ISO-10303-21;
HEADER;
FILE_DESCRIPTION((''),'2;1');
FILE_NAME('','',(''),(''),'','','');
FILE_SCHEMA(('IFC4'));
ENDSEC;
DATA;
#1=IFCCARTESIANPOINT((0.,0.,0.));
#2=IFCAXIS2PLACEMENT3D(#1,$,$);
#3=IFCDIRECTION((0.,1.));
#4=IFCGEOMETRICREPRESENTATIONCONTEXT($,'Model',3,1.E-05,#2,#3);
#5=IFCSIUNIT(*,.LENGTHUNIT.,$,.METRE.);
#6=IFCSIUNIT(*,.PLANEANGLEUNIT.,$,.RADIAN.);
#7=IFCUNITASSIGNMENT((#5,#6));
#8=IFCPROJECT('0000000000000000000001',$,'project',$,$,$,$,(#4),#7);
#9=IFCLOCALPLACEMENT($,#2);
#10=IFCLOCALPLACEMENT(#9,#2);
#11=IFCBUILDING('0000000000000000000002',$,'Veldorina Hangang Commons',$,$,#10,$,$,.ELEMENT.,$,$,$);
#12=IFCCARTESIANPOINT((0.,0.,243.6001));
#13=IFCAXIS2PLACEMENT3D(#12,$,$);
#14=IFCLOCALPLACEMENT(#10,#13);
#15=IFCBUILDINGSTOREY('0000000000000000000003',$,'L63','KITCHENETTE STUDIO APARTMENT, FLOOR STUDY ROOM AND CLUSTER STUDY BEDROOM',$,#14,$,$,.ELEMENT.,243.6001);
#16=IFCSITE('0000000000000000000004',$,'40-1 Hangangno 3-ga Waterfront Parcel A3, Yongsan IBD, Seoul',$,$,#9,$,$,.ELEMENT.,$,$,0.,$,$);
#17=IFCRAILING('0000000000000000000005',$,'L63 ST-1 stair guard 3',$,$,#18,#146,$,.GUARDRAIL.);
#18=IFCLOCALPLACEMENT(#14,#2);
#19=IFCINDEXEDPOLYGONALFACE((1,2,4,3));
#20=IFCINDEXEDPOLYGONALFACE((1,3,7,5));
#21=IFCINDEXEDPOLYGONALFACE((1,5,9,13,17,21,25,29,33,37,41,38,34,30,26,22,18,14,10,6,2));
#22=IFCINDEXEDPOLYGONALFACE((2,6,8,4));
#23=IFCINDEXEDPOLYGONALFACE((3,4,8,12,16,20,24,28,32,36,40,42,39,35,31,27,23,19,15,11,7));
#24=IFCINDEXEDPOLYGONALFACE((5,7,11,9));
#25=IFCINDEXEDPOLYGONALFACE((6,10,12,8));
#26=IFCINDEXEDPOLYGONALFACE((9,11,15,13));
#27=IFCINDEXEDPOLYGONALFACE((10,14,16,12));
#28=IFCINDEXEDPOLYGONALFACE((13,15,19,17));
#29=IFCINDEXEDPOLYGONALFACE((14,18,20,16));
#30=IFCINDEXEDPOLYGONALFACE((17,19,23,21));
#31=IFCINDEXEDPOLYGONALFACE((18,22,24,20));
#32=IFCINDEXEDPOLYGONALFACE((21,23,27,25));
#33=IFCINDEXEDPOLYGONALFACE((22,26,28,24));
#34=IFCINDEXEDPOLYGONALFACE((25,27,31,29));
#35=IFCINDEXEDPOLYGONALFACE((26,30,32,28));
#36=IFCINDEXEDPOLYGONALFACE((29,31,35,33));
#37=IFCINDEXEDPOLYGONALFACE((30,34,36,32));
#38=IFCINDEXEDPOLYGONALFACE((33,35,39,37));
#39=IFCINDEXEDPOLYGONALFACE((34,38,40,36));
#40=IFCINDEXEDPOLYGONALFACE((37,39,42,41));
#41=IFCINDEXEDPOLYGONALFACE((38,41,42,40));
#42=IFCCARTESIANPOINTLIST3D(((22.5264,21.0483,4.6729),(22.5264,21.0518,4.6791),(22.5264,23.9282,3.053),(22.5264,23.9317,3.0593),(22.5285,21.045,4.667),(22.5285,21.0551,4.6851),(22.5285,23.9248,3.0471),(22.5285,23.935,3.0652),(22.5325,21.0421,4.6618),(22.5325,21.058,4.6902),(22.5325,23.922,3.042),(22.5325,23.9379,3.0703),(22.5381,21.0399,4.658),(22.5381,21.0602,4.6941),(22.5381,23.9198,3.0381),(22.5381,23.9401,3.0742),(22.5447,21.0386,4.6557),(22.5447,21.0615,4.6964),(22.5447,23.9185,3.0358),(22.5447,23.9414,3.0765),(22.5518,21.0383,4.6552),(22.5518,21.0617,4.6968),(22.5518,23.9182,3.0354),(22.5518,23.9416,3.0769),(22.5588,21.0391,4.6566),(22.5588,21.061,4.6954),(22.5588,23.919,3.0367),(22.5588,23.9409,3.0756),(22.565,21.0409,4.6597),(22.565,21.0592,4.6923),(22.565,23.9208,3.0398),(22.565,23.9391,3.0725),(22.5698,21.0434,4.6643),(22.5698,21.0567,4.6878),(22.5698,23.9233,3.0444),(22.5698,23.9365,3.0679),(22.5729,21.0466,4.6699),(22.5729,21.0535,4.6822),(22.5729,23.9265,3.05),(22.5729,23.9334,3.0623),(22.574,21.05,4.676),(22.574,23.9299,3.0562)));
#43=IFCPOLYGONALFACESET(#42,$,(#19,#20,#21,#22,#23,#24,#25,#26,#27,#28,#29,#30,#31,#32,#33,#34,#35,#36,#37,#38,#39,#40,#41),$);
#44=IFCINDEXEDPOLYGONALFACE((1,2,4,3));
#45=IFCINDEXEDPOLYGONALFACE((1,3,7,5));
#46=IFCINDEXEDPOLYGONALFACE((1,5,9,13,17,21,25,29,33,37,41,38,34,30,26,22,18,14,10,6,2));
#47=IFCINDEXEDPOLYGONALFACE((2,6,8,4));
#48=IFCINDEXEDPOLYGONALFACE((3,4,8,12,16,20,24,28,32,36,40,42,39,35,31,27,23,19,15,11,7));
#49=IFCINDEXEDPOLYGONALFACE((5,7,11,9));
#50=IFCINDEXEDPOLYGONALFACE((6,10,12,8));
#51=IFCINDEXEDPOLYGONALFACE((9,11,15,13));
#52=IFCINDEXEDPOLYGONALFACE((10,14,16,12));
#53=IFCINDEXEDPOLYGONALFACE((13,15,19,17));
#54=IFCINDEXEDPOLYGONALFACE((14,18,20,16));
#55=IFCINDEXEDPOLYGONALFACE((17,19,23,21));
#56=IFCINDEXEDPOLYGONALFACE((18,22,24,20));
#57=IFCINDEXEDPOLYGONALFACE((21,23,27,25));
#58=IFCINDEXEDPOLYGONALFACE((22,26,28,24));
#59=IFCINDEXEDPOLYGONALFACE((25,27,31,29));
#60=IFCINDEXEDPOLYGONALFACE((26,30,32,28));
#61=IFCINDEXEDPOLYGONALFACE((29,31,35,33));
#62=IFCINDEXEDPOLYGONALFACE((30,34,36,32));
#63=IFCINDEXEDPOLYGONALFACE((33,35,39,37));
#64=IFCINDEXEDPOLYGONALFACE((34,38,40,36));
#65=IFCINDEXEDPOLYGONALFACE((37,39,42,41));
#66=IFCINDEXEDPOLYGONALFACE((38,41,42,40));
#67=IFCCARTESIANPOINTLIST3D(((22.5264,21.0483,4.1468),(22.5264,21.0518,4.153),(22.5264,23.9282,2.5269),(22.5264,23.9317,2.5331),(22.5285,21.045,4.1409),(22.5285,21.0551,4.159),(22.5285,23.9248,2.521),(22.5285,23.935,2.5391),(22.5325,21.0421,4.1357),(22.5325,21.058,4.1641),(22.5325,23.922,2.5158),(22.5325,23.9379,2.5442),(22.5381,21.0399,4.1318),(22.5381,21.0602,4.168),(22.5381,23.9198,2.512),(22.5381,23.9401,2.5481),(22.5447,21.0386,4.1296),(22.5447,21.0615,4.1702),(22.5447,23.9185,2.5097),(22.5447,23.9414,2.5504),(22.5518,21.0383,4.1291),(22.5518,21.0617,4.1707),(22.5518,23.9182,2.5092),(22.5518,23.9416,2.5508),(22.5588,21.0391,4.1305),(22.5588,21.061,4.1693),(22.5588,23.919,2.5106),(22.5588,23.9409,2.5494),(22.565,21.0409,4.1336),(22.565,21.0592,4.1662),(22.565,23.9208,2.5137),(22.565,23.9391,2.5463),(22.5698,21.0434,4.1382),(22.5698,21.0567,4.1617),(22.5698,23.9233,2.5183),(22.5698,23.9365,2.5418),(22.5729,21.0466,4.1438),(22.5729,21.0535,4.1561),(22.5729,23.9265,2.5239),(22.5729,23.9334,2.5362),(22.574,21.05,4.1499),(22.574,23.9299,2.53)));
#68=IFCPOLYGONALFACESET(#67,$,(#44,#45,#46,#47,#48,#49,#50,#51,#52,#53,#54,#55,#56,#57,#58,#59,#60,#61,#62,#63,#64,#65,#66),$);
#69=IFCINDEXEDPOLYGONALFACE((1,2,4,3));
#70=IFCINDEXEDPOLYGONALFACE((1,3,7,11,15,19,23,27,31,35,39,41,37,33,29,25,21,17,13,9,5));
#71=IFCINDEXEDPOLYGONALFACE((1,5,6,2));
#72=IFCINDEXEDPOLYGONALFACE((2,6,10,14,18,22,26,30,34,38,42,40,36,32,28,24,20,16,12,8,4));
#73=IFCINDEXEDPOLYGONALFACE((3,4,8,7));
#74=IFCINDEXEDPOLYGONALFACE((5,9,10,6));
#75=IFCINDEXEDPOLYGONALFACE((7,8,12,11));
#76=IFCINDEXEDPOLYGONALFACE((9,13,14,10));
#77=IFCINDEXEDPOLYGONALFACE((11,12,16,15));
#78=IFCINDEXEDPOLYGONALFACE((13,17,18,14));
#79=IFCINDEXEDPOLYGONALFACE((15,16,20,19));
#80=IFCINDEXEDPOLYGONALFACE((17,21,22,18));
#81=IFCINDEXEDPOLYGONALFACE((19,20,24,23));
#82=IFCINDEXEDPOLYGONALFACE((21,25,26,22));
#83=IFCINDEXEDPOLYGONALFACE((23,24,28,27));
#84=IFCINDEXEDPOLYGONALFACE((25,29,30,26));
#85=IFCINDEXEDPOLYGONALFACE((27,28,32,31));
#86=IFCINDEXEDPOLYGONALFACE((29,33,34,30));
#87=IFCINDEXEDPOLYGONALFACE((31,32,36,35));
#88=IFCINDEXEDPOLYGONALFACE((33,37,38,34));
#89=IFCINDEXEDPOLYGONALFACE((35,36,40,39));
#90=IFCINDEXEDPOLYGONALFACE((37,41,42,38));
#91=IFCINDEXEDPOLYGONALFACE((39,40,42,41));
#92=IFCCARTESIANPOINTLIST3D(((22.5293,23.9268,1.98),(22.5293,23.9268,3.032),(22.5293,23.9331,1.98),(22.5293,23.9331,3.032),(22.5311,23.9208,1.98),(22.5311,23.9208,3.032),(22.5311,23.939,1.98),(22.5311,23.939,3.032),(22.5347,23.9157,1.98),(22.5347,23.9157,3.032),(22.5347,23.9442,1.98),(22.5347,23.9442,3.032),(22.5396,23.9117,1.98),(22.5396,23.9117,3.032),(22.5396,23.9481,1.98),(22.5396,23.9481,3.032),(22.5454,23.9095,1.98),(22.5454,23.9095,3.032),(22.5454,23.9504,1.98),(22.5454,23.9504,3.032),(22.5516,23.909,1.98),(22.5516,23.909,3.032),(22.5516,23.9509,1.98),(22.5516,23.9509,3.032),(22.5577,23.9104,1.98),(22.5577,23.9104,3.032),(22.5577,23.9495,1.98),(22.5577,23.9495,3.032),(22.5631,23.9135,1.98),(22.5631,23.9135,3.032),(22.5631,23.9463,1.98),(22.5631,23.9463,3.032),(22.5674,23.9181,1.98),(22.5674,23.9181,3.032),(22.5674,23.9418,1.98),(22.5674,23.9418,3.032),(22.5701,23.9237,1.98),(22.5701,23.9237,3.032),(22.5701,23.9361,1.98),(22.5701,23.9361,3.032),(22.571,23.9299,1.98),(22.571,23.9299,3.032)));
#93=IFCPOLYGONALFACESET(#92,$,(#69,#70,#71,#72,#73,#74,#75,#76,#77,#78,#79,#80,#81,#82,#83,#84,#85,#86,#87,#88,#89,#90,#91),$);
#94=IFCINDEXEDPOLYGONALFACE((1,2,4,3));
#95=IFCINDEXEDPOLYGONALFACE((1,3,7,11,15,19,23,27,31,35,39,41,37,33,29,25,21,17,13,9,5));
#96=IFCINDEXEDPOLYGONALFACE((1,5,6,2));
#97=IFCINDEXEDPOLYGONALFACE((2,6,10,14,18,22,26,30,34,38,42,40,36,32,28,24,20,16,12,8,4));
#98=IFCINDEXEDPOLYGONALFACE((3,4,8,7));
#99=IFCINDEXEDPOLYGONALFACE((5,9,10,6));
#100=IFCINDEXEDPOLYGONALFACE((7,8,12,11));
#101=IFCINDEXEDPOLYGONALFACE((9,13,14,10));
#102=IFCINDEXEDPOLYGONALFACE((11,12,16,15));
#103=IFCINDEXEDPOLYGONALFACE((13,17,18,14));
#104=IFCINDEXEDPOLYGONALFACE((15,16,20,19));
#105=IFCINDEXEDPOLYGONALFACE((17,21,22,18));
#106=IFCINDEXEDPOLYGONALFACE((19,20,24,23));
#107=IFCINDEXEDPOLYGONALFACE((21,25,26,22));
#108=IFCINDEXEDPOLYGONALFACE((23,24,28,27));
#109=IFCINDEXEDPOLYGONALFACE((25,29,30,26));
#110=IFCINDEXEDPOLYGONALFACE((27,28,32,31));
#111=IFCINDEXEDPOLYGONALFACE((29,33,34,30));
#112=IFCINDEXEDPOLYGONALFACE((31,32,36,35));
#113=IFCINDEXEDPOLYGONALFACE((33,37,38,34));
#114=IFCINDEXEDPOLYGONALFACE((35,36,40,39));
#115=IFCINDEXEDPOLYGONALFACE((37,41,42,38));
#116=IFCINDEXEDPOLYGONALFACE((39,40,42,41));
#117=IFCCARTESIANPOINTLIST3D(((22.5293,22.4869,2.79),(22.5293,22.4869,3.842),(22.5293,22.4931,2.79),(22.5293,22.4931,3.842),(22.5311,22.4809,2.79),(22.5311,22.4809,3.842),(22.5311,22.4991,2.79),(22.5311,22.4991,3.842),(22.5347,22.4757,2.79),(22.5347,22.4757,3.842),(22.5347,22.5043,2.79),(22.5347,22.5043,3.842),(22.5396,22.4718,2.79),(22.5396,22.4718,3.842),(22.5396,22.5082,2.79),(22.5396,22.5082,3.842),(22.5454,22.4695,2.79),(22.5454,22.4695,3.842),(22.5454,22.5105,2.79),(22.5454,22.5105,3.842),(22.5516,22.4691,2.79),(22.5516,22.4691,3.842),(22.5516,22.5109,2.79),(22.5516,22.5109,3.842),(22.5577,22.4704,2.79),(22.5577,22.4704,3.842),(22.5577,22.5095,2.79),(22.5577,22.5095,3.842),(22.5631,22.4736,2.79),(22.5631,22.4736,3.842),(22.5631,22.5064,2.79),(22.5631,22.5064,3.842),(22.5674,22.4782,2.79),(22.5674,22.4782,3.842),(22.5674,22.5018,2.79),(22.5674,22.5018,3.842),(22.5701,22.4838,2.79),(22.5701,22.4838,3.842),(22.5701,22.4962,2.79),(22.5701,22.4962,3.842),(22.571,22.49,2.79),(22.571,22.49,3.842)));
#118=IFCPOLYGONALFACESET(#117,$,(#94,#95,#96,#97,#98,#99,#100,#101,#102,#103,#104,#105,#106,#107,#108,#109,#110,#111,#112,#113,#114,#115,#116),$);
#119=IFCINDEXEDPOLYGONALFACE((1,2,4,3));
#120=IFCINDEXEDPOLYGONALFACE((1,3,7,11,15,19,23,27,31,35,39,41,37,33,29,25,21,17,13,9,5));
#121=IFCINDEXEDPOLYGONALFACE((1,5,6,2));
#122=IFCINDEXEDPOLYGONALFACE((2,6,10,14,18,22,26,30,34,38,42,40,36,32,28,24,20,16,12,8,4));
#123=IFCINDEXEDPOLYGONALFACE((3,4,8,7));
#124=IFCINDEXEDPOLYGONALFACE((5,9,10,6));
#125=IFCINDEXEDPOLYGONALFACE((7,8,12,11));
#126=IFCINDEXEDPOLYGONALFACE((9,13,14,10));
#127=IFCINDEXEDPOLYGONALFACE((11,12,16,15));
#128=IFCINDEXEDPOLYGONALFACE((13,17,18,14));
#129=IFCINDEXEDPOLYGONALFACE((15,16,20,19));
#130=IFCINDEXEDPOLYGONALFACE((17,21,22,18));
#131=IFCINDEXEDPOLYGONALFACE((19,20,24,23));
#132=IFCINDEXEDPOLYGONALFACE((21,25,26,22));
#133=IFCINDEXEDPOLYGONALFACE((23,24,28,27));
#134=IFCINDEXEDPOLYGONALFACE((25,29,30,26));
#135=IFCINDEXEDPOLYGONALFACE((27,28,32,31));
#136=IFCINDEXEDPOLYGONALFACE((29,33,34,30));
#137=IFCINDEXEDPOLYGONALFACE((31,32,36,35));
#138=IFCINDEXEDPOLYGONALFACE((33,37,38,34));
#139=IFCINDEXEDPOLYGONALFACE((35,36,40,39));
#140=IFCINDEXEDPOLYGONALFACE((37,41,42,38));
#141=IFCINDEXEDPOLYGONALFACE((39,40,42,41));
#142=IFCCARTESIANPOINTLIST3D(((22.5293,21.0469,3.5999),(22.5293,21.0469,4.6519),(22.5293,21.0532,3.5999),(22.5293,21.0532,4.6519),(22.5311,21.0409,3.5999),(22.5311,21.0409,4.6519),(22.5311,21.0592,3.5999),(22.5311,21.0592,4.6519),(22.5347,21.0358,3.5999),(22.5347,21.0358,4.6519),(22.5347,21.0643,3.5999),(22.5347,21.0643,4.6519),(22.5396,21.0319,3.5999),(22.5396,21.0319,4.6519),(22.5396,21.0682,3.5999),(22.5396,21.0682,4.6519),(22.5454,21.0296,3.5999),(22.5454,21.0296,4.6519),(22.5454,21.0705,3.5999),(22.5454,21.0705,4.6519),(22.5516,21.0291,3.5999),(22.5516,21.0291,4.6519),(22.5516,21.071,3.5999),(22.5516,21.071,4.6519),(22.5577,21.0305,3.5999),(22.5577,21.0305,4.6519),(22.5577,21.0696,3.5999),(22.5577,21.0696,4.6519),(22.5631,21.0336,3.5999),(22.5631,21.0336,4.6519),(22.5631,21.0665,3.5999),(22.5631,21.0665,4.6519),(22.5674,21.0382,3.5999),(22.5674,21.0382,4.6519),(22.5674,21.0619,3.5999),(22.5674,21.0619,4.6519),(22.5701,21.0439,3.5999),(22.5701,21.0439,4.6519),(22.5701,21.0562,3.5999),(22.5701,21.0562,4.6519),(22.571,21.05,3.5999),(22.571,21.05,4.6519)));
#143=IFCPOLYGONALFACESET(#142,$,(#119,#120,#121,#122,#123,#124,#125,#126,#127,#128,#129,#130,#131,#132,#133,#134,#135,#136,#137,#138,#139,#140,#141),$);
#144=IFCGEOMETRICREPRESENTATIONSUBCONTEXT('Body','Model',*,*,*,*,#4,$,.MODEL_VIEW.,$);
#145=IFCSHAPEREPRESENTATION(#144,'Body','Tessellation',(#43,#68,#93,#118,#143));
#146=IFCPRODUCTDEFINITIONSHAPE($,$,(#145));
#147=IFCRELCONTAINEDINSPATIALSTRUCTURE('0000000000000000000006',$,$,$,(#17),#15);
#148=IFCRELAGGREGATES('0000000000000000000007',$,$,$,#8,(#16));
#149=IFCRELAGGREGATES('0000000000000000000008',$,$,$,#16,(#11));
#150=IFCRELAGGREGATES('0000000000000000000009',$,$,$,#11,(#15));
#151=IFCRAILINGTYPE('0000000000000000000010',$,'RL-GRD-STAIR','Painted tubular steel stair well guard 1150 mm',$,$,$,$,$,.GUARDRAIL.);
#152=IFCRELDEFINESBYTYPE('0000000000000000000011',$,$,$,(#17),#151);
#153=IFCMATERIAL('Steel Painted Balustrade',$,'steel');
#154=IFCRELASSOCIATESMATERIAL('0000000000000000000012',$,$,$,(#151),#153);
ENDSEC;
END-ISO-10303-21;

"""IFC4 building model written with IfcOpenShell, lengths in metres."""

from ifc_helpers import new_model, si_unit, direction, frame, origin, origin_2d, place, context, subcontext, project, spatial, circle, extrude, material, type_object, element, save


model = new_model("IFC4")

# Units and contexts
model_context = context("Model", 3, precision=1e-05, world=origin(), true_north=direction((0.0, 1.0)))
body_context = subcontext(model_context, "Body", "Model", "MODEL_VIEW")
ifc_project = project(units=[si_unit("LENGTHUNIT", "METRE"), si_unit("PLANEANGLEUNIT", "RADIAN")], contexts=[model_context])

# Site, building, storey
site_placement = place(None, origin())
site = spatial("IfcSite", under=ifc_project, at=site_placement, Name="40-1 Hangangno 3-ga Waterfront Parcel A3, Yongsan IBD, Seoul", CompositionType="ELEMENT", RefElevation=0.0)
building_placement = place(site_placement, origin())
building = spatial("IfcBuilding", under=site, at=building_placement, Name="Veldorina Hangang Commons", CompositionType="ELEMENT")
storey_placement = place(building_placement, frame((0.0, 0.0, 243.6001)))
storey = spatial("IfcBuildingStorey", under=building, at=storey_placement, Name="L63", Description="KITCHENETTE STUDIO APARTMENT, FLOOR STUDY ROOM AND CLUSTER STUDY BEDROOM", CompositionType="ELEMENT", Elevation=243.6001)

# Railing
ifc_material_1 = material(Name="Steel Painted Balustrade", Category="steel")
railing_type = type_object("IfcRailingType", Name="RL-GRD-STAIR", Description="Painted tubular steel stair well guard 1150 mm", PredefinedType="GUARDRAIL", material=ifc_material_1)
railing_1_placement = place(storey_placement, frame((22.55, 23.9299, 1.98)))
element("IfcRailing", 1, at=railing_1_placement, inside=storey, type_object=railing_type, Name="L63 ST-1 stair guard 3", PredefinedType="GUARDRAIL", context=body_context, shape_type="SweptSolid", body=[
    extrude(circle(Radius=0.0239, at=origin_2d()), frame((0.0, 0.0, 1.0762), z_axis=(0.0, -0.871583, 0.490247), x_axis=(1.0, 0.0, 0.0)), (0.0, 0.0, 1.0), 3.3042),
    extrude(circle(Radius=0.0239, at=origin_2d()), frame((0.0, 0.0, 0.55), z_axis=(0.0, -0.871583, 0.490247), x_axis=(1.0, 0.0, 0.0)), (0.0, 0.0, 1.0), 3.3042),
    extrude(circle(Radius=0.021, at=origin_2d()), origin(), (0.0, 0.0, 1.0), 1.052),
    extrude(circle(Radius=0.021, at=origin_2d()), frame((0.0, -1.4399, 0.8101)), (0.0, 0.0, 1.0), 1.052),
    extrude(circle(Radius=0.021, at=origin_2d()), frame((0.0, -2.8799, 1.6199)), (0.0, 0.0, 1.0), 1.052),
])

save(model, "model.ifc")
